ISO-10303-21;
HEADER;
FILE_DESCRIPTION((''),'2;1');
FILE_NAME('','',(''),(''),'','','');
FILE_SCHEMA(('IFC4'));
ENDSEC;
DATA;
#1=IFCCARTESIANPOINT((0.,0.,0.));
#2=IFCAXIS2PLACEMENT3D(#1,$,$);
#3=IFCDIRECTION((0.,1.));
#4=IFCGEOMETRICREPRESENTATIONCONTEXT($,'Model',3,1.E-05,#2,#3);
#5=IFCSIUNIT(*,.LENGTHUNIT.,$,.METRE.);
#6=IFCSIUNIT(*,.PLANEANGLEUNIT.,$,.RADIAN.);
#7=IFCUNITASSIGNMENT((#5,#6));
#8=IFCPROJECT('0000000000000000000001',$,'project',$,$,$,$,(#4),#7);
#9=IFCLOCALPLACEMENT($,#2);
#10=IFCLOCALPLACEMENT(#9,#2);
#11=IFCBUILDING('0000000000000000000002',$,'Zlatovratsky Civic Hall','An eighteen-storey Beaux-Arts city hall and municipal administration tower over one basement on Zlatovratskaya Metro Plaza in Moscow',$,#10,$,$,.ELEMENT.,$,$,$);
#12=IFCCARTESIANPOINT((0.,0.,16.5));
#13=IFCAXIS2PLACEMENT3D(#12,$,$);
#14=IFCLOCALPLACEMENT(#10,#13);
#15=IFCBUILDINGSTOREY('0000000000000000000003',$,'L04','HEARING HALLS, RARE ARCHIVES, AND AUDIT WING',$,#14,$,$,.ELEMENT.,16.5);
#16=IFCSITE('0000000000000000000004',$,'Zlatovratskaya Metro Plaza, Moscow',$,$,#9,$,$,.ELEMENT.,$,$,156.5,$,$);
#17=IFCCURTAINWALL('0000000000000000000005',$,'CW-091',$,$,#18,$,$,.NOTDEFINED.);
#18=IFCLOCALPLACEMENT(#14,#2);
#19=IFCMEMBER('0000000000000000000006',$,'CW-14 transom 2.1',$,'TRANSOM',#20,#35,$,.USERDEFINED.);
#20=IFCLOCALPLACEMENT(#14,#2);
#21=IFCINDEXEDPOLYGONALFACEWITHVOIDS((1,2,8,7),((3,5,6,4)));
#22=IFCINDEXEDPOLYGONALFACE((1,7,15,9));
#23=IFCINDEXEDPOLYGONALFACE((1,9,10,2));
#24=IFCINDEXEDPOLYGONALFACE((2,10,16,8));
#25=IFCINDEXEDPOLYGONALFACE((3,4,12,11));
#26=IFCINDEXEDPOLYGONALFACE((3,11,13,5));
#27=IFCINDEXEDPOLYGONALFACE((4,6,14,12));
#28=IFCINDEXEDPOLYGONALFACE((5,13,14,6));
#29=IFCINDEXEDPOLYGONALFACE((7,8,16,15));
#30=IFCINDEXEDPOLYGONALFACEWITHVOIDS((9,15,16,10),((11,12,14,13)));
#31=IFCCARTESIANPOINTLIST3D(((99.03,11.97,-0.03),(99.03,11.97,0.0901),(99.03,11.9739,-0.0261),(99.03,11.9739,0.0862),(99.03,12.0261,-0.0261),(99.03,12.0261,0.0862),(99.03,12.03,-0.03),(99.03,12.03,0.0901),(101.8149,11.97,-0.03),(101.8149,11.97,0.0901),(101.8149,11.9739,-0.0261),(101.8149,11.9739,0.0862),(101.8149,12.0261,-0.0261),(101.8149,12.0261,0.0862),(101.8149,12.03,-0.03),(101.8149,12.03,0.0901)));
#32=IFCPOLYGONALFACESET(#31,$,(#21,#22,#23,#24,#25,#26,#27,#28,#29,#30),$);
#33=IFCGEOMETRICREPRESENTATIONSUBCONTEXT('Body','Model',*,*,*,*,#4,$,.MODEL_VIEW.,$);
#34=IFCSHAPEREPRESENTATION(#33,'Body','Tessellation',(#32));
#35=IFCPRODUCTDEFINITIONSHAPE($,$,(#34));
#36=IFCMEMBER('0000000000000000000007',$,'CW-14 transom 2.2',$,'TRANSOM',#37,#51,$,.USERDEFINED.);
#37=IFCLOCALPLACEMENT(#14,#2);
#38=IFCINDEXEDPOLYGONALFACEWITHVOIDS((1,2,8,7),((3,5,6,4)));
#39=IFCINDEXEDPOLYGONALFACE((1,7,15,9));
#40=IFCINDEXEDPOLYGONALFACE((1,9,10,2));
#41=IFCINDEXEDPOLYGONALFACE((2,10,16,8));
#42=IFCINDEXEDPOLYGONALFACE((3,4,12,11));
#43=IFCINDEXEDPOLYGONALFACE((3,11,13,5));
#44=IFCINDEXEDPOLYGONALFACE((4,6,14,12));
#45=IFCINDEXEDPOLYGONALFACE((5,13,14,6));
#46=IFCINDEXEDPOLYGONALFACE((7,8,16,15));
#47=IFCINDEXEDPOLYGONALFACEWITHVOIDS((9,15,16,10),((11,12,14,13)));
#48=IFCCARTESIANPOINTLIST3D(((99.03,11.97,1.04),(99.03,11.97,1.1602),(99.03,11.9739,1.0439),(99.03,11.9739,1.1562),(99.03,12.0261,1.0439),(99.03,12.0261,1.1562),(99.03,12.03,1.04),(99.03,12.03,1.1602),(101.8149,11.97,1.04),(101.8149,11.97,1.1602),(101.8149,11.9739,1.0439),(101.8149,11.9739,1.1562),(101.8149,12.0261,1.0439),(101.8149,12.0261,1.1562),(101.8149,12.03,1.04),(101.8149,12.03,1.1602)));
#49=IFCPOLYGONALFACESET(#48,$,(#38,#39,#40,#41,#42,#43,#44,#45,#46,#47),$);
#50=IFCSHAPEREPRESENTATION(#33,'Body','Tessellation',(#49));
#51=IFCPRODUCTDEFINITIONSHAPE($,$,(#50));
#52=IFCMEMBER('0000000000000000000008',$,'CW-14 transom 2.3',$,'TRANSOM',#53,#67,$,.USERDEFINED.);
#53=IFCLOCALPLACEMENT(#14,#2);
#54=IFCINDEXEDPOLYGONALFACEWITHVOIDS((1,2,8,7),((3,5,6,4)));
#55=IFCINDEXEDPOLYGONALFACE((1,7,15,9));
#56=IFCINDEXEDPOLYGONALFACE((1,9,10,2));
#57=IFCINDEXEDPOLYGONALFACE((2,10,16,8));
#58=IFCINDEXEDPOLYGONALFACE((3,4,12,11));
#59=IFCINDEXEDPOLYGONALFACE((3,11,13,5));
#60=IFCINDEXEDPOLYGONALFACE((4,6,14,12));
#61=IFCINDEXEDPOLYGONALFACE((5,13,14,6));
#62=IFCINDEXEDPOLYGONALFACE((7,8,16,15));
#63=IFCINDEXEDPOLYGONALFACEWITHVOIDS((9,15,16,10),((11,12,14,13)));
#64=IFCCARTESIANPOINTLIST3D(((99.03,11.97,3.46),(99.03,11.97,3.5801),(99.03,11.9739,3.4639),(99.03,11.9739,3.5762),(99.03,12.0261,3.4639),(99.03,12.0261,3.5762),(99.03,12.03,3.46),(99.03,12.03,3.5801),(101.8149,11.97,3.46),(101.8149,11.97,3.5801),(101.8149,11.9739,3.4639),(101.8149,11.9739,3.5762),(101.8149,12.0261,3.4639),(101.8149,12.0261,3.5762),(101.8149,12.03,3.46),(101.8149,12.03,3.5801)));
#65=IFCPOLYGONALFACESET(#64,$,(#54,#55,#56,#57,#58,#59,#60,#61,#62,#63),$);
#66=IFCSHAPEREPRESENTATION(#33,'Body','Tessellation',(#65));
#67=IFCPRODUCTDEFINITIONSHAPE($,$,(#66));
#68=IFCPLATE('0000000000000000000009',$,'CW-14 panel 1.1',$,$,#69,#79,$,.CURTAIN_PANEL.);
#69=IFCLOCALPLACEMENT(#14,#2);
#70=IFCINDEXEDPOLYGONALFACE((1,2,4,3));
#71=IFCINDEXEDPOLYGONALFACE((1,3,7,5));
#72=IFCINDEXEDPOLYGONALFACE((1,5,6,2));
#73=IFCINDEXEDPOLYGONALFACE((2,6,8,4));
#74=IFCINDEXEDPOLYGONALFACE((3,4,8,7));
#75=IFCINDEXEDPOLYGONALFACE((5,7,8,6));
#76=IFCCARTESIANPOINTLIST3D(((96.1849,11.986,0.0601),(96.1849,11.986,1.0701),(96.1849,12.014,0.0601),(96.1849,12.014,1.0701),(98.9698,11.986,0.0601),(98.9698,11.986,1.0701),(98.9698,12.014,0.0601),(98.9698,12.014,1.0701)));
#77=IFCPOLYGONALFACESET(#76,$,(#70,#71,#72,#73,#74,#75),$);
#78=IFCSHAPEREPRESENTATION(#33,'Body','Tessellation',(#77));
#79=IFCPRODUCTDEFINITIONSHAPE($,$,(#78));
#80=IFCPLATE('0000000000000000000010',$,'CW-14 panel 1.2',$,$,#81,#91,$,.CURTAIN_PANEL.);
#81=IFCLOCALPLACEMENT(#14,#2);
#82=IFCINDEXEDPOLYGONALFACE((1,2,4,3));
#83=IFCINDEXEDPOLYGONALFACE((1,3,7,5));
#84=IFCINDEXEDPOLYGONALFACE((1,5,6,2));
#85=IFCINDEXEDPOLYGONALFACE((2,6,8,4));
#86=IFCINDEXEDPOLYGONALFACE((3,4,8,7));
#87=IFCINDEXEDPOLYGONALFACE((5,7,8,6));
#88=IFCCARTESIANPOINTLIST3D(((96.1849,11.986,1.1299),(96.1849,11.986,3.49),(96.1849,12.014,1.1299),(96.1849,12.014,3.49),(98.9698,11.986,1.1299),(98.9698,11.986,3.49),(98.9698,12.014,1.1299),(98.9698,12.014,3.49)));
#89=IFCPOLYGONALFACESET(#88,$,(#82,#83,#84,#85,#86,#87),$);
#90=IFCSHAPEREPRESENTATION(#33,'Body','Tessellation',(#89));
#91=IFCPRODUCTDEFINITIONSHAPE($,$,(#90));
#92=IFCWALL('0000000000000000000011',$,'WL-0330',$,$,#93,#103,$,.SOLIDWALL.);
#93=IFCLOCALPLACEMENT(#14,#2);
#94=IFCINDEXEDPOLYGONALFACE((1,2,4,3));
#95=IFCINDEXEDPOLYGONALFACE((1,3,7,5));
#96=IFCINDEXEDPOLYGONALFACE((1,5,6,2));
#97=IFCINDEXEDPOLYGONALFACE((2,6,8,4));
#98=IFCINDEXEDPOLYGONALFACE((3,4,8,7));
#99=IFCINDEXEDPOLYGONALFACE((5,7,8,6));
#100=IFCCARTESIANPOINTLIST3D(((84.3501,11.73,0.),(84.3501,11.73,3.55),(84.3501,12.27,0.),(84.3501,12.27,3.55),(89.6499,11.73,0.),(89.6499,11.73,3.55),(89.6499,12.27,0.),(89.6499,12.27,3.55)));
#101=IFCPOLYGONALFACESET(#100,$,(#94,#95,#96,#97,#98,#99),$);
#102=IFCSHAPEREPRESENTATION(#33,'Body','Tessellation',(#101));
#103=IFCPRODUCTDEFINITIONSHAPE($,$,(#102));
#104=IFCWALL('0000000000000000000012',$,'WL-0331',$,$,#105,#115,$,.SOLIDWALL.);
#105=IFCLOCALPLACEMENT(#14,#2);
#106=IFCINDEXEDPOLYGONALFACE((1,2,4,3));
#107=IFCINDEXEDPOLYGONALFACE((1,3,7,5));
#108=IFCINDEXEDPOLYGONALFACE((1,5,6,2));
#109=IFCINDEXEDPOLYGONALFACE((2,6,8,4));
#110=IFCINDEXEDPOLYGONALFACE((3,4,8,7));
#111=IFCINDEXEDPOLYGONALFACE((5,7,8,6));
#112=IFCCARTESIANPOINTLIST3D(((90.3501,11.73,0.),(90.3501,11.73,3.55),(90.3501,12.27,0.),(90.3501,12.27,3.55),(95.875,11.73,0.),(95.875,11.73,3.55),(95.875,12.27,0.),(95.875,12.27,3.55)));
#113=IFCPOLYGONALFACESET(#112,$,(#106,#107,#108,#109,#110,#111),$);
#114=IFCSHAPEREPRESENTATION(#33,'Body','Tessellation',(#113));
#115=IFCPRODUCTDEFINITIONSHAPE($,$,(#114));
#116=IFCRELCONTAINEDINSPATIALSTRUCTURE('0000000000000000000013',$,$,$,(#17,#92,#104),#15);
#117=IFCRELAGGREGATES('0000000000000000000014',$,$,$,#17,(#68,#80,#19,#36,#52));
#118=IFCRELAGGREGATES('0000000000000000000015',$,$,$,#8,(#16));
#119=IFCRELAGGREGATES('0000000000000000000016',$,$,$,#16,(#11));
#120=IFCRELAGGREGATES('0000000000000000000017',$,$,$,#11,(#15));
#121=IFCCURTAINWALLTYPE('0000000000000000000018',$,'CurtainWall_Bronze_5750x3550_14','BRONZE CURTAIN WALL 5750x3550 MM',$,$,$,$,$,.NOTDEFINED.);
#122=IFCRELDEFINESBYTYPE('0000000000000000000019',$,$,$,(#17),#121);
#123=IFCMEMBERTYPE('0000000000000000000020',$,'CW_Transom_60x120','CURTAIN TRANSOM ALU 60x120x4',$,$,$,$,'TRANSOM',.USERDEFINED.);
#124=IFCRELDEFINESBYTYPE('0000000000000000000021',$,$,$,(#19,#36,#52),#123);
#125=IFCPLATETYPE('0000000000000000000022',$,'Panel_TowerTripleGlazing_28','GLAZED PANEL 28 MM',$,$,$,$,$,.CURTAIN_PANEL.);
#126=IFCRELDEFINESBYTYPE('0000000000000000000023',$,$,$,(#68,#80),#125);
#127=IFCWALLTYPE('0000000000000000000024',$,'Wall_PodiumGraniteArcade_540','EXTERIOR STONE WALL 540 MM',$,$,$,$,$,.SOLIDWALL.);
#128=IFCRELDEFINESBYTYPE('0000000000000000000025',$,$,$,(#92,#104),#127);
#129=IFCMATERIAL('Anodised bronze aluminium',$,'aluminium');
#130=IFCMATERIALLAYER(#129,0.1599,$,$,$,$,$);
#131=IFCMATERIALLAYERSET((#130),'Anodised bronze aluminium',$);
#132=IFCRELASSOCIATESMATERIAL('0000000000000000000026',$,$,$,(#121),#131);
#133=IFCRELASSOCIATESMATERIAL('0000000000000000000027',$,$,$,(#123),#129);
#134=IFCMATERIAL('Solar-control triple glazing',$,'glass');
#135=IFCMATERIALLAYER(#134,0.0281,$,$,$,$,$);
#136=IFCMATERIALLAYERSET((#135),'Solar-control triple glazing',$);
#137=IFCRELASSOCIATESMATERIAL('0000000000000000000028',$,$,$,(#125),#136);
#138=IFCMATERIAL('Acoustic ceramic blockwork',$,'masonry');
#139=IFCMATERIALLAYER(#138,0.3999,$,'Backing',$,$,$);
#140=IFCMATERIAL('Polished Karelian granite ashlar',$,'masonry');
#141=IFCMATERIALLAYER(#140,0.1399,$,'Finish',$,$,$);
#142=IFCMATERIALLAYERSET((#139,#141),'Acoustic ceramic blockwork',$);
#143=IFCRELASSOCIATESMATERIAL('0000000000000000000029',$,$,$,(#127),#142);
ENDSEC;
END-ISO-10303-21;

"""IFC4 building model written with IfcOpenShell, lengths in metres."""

from ifc_helpers import new_model, si_unit, direction, frame, frame_2d, origin, origin_2d, place, context, subcontext, project, spatial, rectangle, hollow_rectangle, extrude, material, layer, layer_set, material_profile, profile_set, type_object, element, aggregate, save


model = new_model("IFC4")

# Units and contexts
model_context = context("Model", 3, precision=1e-05, world=origin(), true_north=direction((0.0, 1.0)))
body_context = subcontext(model_context, "Body", "Model", "MODEL_VIEW")
ifc_project = project(units=[si_unit("LENGTHUNIT", "METRE"), si_unit("PLANEANGLEUNIT", "RADIAN")], contexts=[model_context])

# Site, building, storey
site_placement = place(None, origin())
site = spatial("IfcSite", under=ifc_project, at=site_placement, Name="Zlatovratskaya Metro Plaza, Moscow", CompositionType="ELEMENT", RefElevation=156.5)
building_placement = place(site_placement, origin())
building = spatial("IfcBuilding", under=site, at=building_placement, Name="Zlatovratsky Civic Hall", Description="An eighteen-storey Beaux-Arts city hall and municipal administration tower over one basement on Zlatovratskaya Metro Plaza in Moscow", CompositionType="ELEMENT")
storey_placement = place(building_placement, frame((0.0, 0.0, 16.5)))
storey = spatial("IfcBuildingStorey", under=building, at=storey_placement, Name="L04", Description="HEARING HALLS, RARE ARCHIVES, AND AUDIT WING", CompositionType="ELEMENT", Elevation=16.5)

# Curtain wall, members, plates
ifc_material_1 = material(Name="Anodised bronze aluminium", Category="aluminium")
ifc_layer_1 = layer(ifc_material_1, 0.1599)
ifc_layer_set_1 = layer_set([ifc_layer_1], Name="Anodised bronze aluminium")
curtain_wall_type = type_object("IfcCurtainWallType", Name="CurtainWall_Bronze_5750x3550_14", Description="BRONZE CURTAIN WALL 5750x3550 MM", PredefinedType="NOTDEFINED", material=ifc_layer_set_1)
curtain_wall_placement = place(storey_placement, origin())
curtain_wall = element("IfcCurtainWall", 1, at=curtain_wall_placement, inside=storey, type_object=curtain_wall_type, Name="CW-091", PredefinedType="NOTDEFINED")
ifc_material_profile_1 = material_profile(ifc_material_1, hollow_rectangle(XDim=0.0601, YDim=0.1201, WallThickness=0.0039, at=origin_2d()), Name="ALU 60x120x4")
ifc_profile_set_1 = profile_set([ifc_material_profile_1], Name="Anodised bronze aluminium")
member_type_1 = type_object("IfcMemberType", Name="CW_Transom_60x120", Description="CURTAIN TRANSOM ALU 60x120x4", ElementType="TRANSOM", PredefinedType="USERDEFINED", material=ifc_profile_set_1)
member_1_placement = place(storey_placement, frame((99.03, 12.0, 0.03), z_axis=(1.0, 0.0, 0.0), x_axis=(0.0, 1.0, 0.0)))
member_1 = element("IfcMember", 2, at=member_1_placement, type_object=member_type_1, Name="CW-14 transom 2.1", ObjectType="TRANSOM", PredefinedType="USERDEFINED", context=body_context, shape_type="SweptSolid", body=[
    extrude(hollow_rectangle(XDim=0.0601, YDim=0.1201, WallThickness=0.0039, at=origin_2d()), origin(), (0.0, 0.0, 1.0), 2.7849),
])
member_2_placement = place(storey_placement, frame((99.03, 12.0, 1.1001), z_axis=(1.0, 0.0, 0.0), x_axis=(0.0, 1.0, 0.0)))
member_2 = element("IfcMember", 3, at=member_2_placement, type_object=member_type_1, Name="CW-14 transom 2.2", ObjectType="TRANSOM", PredefinedType="USERDEFINED", context=body_context, shape_type="SweptSolid", body=[
    extrude(hollow_rectangle(XDim=0.0601, YDim=0.1201, WallThickness=0.0039, at=origin_2d()), origin(), (0.0, 0.0, 1.0), 2.7849),
])
member_3_placement = place(storey_placement, frame((99.03, 12.0, 3.52), z_axis=(1.0, 0.0, 0.0), x_axis=(0.0, 1.0, 0.0)))
member_3 = element("IfcMember", 4, at=member_3_placement, type_object=member_type_1, Name="CW-14 transom 2.3", ObjectType="TRANSOM", PredefinedType="USERDEFINED", context=body_context, shape_type="SweptSolid", body=[
    extrude(hollow_rectangle(XDim=0.0601, YDim=0.1201, WallThickness=0.0039, at=origin_2d()), origin(), (0.0, 0.0, 1.0), 2.7849),
])
ifc_material_2 = material(Name="Solar-control triple glazing", Category="glass")
ifc_layer_2 = layer(ifc_material_2, 0.0281)
ifc_layer_set_2 = layer_set([ifc_layer_2], Name="Solar-control triple glazing")
plate_type = type_object("IfcPlateType", Name="Panel_TowerTripleGlazing_28", Description="GLAZED PANEL 28 MM", PredefinedType="CURTAIN_PANEL", material=ifc_layer_set_2)
plate_1_placement = place(storey_placement, frame((97.5774, 12.0, 0.0601), z_axis=(0.0, 0.0, 1.0), x_axis=(1.0, 0.0, 0.0)))
plate_1 = element("IfcPlate", 5, at=plate_1_placement, type_object=plate_type, Name="CW-14 panel 1.1", PredefinedType="CURTAIN_PANEL", context=body_context, shape_type="SweptSolid", body=[
    extrude(rectangle(XDim=2.7849, YDim=0.0281, at=origin_2d()), origin(), (0.0, 0.0, 1.0), 1.01),
])
plate_2_placement = place(storey_placement, frame((97.5774, 12.0, 1.1299), z_axis=(0.0, 0.0, 1.0), x_axis=(1.0, 0.0, 0.0)))
plate_2 = element("IfcPlate", 6, at=plate_2_placement, type_object=plate_type, Name="CW-14 panel 1.2", PredefinedType="CURTAIN_PANEL", context=body_context, shape_type="SweptSolid", body=[
    extrude(rectangle(XDim=2.7849, YDim=0.0281, at=origin_2d()), origin(), (0.0, 0.0, 1.0), 2.3601),
])
aggregate(curtain_wall, [plate_1, plate_2, member_1, member_2, member_3])

# Walls
ifc_material_3 = material(Name="Acoustic ceramic blockwork", Category="masonry")
ifc_layer_3 = layer(ifc_material_3, 0.3999, Name="Backing")
ifc_material_4 = material(Name="Polished Karelian granite ashlar", Category="masonry")
ifc_layer_4 = layer(ifc_material_4, 0.1399, Name="Finish")
ifc_layer_set_3 = layer_set([ifc_layer_3, ifc_layer_4], Name="Acoustic ceramic blockwork")
wall_type = type_object("IfcWallType", Name="Wall_PodiumGraniteArcade_540", Description="EXTERIOR STONE WALL 540 MM", PredefinedType="SOLIDWALL", material=ifc_layer_set_3)
wall_1_placement = place(storey_placement, frame((84.3501, 12.0, 0.0), z_axis=(0.0, 0.0, 1.0), x_axis=(1.0, 0.0, 0.0)))
element("IfcWall", 7, at=wall_1_placement, inside=storey, type_object=wall_type, Name="WL-0330", PredefinedType="SOLIDWALL", context=body_context, shape_type="SweptSolid", body=[
    extrude(rectangle(XDim=5.2998, YDim=0.54, at=frame_2d((2.6499, 0.0))), origin(), (0.0, 0.0, 1.0), 3.55),
])
wall_2_placement = place(storey_placement, frame((90.3501, 12.0, 0.0), z_axis=(0.0, 0.0, 1.0), x_axis=(1.0, 0.0, 0.0)))
element("IfcWall", 8, at=wall_2_placement, inside=storey, type_object=wall_type, Name="WL-0331", PredefinedType="SOLIDWALL", context=body_context, shape_type="SweptSolid", body=[
    extrude(rectangle(XDim=5.5249, YDim=0.54, at=frame_2d((2.7625, 0.0))), origin(), (0.0, 0.0, 1.0), 3.55),
])

save(model, "model.ifc")
